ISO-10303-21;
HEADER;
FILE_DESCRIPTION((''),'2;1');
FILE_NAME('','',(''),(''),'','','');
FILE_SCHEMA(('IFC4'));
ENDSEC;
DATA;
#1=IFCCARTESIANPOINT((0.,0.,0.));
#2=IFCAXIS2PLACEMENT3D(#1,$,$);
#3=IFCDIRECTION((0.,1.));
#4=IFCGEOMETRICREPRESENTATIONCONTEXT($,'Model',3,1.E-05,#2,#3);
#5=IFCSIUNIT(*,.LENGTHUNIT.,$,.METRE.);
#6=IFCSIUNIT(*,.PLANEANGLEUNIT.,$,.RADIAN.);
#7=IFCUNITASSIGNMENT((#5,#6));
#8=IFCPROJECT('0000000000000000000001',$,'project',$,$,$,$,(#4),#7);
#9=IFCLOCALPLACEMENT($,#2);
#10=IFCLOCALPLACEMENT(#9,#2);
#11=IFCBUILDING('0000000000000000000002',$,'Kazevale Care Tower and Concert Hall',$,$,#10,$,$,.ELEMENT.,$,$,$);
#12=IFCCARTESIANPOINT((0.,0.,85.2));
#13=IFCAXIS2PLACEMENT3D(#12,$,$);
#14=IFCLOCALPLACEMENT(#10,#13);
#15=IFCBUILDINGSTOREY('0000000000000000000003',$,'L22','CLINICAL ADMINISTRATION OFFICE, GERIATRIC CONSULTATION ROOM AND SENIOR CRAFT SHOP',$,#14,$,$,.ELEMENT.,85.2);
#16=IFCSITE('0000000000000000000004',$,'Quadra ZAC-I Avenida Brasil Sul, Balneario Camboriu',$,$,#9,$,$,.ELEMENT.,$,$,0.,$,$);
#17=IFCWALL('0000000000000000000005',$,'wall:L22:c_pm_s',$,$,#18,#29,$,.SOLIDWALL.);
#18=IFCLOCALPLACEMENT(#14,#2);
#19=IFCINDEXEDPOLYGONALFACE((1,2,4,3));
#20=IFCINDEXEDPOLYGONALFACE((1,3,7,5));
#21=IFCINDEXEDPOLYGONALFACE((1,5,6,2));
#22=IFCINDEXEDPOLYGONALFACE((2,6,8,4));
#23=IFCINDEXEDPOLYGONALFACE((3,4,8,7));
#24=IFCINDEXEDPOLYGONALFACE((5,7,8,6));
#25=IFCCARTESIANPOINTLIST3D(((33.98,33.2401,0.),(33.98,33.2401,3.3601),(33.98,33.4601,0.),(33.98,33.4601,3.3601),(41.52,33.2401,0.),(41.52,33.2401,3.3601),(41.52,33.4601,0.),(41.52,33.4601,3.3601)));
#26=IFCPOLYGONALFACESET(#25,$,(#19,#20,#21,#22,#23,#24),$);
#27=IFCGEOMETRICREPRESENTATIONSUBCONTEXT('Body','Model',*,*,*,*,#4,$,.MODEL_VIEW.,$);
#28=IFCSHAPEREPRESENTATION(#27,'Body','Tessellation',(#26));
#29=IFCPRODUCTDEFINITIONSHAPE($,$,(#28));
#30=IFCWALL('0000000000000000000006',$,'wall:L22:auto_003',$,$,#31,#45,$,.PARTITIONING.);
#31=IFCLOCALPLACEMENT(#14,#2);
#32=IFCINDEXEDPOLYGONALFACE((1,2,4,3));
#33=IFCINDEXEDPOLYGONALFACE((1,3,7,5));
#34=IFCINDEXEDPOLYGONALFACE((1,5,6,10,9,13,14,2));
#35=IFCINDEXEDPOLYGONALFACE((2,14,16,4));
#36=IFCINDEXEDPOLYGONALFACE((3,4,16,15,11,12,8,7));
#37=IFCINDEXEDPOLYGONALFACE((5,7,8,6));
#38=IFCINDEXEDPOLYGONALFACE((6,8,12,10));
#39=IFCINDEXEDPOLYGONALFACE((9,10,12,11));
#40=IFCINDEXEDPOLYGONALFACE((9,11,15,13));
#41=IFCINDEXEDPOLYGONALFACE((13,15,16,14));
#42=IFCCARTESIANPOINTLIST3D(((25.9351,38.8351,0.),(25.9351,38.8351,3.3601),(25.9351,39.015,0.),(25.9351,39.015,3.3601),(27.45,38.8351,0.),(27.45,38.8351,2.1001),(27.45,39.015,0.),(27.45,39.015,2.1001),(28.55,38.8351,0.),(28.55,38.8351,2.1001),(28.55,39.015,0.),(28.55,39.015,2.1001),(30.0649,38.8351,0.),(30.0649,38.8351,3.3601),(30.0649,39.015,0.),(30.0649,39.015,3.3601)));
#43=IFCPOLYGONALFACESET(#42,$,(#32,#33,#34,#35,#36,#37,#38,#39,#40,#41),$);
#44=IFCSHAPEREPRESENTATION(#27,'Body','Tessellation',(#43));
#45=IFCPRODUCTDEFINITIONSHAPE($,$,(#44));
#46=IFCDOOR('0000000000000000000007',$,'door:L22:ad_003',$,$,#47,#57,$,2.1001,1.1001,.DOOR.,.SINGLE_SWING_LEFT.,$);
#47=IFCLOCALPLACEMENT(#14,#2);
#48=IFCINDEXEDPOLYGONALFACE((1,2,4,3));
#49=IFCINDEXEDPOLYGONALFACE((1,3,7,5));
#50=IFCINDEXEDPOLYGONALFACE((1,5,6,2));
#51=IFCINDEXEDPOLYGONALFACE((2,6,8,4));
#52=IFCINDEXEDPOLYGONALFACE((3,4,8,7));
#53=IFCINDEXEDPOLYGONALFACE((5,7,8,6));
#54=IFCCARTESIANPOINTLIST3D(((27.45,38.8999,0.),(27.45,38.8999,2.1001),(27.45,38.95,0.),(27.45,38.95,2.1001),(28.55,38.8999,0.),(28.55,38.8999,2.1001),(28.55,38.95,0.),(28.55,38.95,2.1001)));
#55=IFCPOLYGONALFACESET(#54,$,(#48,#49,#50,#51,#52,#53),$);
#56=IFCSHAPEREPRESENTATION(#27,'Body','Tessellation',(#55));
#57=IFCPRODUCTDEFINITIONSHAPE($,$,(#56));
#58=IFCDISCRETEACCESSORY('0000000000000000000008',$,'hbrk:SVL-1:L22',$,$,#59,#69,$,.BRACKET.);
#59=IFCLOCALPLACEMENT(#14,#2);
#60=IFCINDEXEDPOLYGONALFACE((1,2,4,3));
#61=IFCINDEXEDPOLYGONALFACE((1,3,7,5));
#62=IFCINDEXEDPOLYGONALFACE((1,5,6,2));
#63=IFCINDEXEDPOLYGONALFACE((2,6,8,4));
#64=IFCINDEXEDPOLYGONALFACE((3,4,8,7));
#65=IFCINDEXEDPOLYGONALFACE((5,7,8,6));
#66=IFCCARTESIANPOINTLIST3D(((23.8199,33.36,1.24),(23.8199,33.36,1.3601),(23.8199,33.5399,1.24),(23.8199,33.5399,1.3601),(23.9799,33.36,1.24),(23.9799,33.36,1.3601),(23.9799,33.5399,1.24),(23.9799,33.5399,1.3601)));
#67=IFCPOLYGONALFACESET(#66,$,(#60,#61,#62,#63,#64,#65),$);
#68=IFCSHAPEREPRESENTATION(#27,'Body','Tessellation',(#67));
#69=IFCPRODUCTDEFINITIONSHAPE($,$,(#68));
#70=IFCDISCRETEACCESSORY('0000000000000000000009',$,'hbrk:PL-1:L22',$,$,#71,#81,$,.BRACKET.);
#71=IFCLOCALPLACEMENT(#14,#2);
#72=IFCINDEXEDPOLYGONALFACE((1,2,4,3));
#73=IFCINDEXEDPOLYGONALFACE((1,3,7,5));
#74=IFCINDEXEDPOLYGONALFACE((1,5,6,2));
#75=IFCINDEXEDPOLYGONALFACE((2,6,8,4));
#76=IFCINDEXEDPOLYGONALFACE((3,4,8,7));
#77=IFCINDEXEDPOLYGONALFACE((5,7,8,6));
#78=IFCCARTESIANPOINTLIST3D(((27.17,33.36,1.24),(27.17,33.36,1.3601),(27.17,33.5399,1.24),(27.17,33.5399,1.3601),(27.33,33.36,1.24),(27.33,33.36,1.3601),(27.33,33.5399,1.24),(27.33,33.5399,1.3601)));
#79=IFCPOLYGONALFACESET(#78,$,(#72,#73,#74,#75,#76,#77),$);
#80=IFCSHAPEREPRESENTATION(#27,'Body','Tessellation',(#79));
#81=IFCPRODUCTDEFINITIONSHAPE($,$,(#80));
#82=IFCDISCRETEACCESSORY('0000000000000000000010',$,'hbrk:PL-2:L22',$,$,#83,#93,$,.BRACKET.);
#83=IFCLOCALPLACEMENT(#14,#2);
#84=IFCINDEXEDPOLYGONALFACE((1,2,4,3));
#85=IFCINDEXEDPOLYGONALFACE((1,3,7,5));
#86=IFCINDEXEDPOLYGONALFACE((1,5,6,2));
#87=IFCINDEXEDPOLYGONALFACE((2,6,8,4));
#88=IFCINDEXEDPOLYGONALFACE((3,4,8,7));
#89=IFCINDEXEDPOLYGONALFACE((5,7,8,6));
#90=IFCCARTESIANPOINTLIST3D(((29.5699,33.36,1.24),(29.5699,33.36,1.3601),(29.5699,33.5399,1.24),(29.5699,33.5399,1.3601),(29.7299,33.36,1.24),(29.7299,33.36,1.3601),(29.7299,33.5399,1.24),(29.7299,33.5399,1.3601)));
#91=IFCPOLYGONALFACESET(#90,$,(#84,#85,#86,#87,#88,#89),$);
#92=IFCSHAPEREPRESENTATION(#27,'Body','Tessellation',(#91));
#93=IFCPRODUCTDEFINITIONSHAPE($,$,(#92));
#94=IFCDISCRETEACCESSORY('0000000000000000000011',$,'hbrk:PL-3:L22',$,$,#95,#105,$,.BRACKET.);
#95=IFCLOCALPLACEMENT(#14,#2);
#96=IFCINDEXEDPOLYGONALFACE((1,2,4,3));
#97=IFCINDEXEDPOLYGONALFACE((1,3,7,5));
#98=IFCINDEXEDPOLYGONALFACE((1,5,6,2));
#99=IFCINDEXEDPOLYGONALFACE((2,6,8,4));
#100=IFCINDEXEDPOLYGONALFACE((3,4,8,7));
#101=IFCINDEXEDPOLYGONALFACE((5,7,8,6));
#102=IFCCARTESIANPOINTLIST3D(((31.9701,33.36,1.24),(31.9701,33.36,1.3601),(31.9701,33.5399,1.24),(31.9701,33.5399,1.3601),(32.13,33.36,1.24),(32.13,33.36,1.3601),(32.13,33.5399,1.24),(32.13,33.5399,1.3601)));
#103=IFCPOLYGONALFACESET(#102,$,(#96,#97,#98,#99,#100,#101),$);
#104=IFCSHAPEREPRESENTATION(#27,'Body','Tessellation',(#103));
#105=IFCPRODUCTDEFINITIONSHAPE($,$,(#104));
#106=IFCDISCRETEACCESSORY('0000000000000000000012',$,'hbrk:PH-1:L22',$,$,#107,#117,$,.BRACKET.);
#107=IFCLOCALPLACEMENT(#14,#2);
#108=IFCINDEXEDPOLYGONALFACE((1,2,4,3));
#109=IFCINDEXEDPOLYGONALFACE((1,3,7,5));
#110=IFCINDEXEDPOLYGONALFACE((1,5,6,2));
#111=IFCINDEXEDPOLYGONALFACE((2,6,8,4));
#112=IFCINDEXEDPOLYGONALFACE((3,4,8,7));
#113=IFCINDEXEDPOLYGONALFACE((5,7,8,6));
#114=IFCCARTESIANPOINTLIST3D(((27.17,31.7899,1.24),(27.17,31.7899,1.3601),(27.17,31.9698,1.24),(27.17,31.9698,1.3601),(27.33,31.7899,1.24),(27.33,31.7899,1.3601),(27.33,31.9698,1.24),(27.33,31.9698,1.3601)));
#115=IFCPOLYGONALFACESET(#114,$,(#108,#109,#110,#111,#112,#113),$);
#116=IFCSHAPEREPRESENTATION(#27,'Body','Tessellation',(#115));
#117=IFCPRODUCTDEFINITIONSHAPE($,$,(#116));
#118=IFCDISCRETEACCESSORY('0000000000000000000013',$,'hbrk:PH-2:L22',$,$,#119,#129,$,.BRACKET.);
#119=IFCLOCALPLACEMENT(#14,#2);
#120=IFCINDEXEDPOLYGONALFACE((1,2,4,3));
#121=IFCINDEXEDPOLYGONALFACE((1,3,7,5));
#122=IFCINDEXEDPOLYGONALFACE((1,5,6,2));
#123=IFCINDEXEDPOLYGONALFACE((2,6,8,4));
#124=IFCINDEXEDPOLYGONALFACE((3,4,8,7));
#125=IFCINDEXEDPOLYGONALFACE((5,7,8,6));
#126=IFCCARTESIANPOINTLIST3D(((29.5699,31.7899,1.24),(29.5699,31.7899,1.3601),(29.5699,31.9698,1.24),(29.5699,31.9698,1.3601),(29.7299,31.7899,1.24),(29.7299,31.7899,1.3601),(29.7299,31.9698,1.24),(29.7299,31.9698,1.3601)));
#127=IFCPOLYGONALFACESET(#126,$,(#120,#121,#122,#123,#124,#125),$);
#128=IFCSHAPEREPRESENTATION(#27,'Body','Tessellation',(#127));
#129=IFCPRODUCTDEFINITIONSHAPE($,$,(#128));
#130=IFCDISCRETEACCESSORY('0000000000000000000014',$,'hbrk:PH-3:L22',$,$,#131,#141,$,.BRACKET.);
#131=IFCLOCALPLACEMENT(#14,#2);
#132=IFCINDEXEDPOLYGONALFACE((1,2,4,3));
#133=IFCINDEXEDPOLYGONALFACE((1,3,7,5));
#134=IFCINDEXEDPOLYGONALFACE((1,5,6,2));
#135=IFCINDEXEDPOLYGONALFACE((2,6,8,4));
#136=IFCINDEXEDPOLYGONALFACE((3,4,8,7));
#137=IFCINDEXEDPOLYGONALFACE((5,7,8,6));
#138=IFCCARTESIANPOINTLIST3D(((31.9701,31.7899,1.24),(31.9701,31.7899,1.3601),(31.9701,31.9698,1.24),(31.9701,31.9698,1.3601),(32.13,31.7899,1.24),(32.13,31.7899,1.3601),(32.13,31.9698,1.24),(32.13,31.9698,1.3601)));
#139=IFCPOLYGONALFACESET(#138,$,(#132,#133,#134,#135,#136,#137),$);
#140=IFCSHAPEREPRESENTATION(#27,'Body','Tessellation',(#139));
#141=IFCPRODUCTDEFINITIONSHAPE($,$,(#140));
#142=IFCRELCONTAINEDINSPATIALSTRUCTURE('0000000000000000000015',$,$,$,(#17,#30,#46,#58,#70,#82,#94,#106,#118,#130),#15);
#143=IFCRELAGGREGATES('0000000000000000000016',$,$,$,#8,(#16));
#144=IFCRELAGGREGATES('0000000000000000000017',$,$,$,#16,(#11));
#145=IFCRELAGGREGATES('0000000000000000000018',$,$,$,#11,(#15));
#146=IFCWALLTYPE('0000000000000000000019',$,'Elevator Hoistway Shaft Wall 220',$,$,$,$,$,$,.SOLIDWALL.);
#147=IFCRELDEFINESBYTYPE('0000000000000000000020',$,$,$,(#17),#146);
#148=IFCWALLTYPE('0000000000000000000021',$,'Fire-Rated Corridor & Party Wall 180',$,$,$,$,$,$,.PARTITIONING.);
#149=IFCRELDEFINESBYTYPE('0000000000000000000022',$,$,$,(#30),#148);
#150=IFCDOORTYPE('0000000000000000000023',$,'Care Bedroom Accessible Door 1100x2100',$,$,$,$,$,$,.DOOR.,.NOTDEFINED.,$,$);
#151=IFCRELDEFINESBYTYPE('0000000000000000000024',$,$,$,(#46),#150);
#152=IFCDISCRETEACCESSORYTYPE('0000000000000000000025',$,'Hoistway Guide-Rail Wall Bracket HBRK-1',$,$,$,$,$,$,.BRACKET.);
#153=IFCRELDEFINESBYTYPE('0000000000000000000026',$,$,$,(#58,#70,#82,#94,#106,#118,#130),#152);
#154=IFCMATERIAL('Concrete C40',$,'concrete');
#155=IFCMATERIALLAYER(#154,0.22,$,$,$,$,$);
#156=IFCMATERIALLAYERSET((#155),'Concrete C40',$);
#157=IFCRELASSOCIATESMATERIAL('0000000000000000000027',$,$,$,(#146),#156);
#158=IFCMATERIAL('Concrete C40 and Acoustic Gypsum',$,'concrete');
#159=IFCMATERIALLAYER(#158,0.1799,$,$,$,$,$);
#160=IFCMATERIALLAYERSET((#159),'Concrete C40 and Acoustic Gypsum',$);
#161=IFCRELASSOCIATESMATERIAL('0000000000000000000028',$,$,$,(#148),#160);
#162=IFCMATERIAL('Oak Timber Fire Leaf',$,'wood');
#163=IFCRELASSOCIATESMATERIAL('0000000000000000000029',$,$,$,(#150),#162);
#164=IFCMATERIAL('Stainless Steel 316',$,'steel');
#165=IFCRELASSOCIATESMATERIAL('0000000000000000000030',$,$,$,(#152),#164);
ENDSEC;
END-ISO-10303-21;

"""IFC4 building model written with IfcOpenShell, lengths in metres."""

from ifc_helpers import new_model, si_unit, direction, frame, frame_2d, origin, origin_2d, place, context, subcontext, project, spatial, rectangle, extrude, material, layer, layer_set, type_object, element, fill, save


model = new_model("IFC4")

# Units and contexts
model_context = context("Model", 3, precision=1e-05, world=origin(), true_north=direction((0.0, 1.0)))
body_context = subcontext(model_context, "Body", "Model", "MODEL_VIEW")
ifc_project = project(units=[si_unit("LENGTHUNIT", "METRE"), si_unit("PLANEANGLEUNIT", "RADIAN")], contexts=[model_context])

# Site, building, storey
site_placement = place(None, origin())
site = spatial("IfcSite", under=ifc_project, at=site_placement, Name="Quadra ZAC-I Avenida Brasil Sul, Balneario Camboriu", CompositionType="ELEMENT", RefElevation=0.0)
building_placement = place(site_placement, origin())
building = spatial("IfcBuilding", under=site, at=building_placement, Name="Kazevale Care Tower and Concert Hall", CompositionType="ELEMENT")
storey_placement = place(building_placement, frame((0.0, 0.0, 85.2)))
storey = spatial("IfcBuildingStorey", under=building, at=storey_placement, Name="L22", Description="CLINICAL ADMINISTRATION OFFICE, GERIATRIC CONSULTATION ROOM AND SENIOR CRAFT SHOP", CompositionType="ELEMENT", Elevation=85.2)

# Shared definitions
ifc_material_1 = material(Name="Concrete C40", Category="concrete")
ifc_layer_1 = layer(ifc_material_1, 0.22)
ifc_layer_set_1 = layer_set([ifc_layer_1], Name="Concrete C40")
wall_type_1 = type_object("IfcWallType", Name="Elevator Hoistway Shaft Wall 220", PredefinedType="SOLIDWALL", material=ifc_layer_set_1)

# Shared definitions
ifc_material_2 = material(Name="Stainless Steel 316", Category="steel")

# Wall
wall_1_placement = place(storey_placement, frame((33.98, 33.3501, 0.0), z_axis=(0.0, 0.0, 1.0), x_axis=(1.0, 0.0, 0.0)))
element("IfcWall", 1, at=wall_1_placement, inside=storey, type_object=wall_type_1, Name="wall:L22:c_pm_s", PredefinedType="SOLIDWALL", context=body_context, shape_type="SweptSolid", body=[
    extrude(rectangle(XDim=7.54, YDim=0.22, at=frame_2d((3.77, 0.0))), origin(), (0.0, 0.0, 1.0), 3.3601),
])

# Wall, opening, door
ifc_material_3 = material(Name="Concrete C40 and Acoustic Gypsum", Category="concrete")
ifc_layer_2 = layer(ifc_material_3, 0.1799)
ifc_layer_set_2 = layer_set([ifc_layer_2], Name="Concrete C40 and Acoustic Gypsum")
wall_type_2 = type_object("IfcWallType", Name="Fire-Rated Corridor & Party Wall 180", PredefinedType="PARTITIONING", material=ifc_layer_set_2)
wall_2_placement = place(storey_placement, frame((25.9351, 38.925, 0.0), z_axis=(0.0, 0.0, 1.0), x_axis=(1.0, 0.0, 0.0)))
wall_2 = element("IfcWall", 2, at=wall_2_placement, inside=storey, type_object=wall_type_2, Name="wall:L22:auto_003", PredefinedType="PARTITIONING", context=body_context, shape_type="SweptSolid", body=[
    extrude(rectangle(XDim=4.1299, YDim=0.1799, at=frame_2d((2.0649, 0.0))), origin(), (0.0, 0.0, 1.0), 3.3601),
])
opening_1_placement = place(wall_2_placement, frame((1.5149, 0.0, 0.0)))
opening_1 = element("IfcOpeningElement", 3, at=opening_1_placement, cuts=wall_2, PredefinedType="OPENING", context=body_context, shape_type="SweptSolid", body=[
    extrude(rectangle(XDim=1.1001, YDim=2.1001, at=frame_2d((0.55, 1.05))), frame((0.0, 0.0999, 0.0), z_axis=(0.0, -1.0, 0.0), x_axis=(1.0, 0.0, 0.0)), (0.0, 0.0, 1.0), 0.2),
])
ifc_material_4 = material(Name="Oak Timber Fire Leaf", Category="wood")
door_type_1 = type_object("IfcDoorType", Name="Care Bedroom Accessible Door 1100x2100", OperationType="NOTDEFINED", PredefinedType="DOOR", material=ifc_material_4)
door_1_placement = place(opening_1_placement, origin())
door_1 = element("IfcDoor", 4, at=door_1_placement, inside=storey, type_object=door_type_1, Name="door:L22:ad_003", OperationType="SINGLE_SWING_LEFT", OverallHeight=2.1001, OverallWidth=1.1001, PredefinedType="DOOR", context=body_context, shape_type="SweptSolid", body=[
    extrude(rectangle(XDim=1.1001, YDim=2.1001, at=frame_2d((0.55, 1.05))), frame((0.0, 0.0249, 0.0), z_axis=(0.0, -1.0, 0.0), x_axis=(1.0, 0.0, 0.0)), (0.0, 0.0, 1.0), 0.05),
])
fill(opening_1, door_1)

# Discrete accessories
discrete_accessory_type = type_object("IfcDiscreteAccessoryType", Name="Hoistway Guide-Rail Wall Bracket HBRK-1", PredefinedType="BRACKET", material=ifc_material_2)
for number, where, z_axis, x_axis, name in (
    (5, (23.8999, 33.45, 1.24), (0.0, 0.0, 1.0), (1.0, 0.0, 0.0), "hbrk:SVL-1:L22"),
    (6, (27.25, 33.45, 1.24), (0.0, 0.0, 1.0), (1.0, 0.0, 0.0), "hbrk:PL-1:L22"),
    (7, (29.6499, 33.45, 1.24), (0.0, 0.0, 1.0), (1.0, 0.0, 0.0), "hbrk:PL-2:L22"),
    (8, (32.05, 33.45, 1.24), (0.0, 0.0, 1.0), (1.0, 0.0, 0.0), "hbrk:PL-3:L22"),
    (9, (27.25, 31.8799, 1.24), (0.0, 0.0, 1.0), (1.0, 0.0, 0.0), "hbrk:PH-1:L22"),
    (10, (29.6499, 31.8799, 1.24), (0.0, 0.0, 1.0), (1.0, 0.0, 0.0), "hbrk:PH-2:L22"),
    (11, (32.05, 31.8799, 1.24), (0.0, 0.0, 1.0), (1.0, 0.0, 0.0), "hbrk:PH-3:L22"),
):
    element("IfcDiscreteAccessory", number, at=place(storey_placement, frame(where, z_axis=z_axis, x_axis=x_axis)), inside=storey, type_object=discrete_accessory_type, Name=name, PredefinedType="BRACKET", context=body_context, shape_type="SweptSolid", body=[
        extrude(rectangle(XDim=0.1599, YDim=0.1799, at=origin_2d()), origin(), (0.0, 0.0, 1.0), 0.1201),
    ])

save(model, "model.ifc")
